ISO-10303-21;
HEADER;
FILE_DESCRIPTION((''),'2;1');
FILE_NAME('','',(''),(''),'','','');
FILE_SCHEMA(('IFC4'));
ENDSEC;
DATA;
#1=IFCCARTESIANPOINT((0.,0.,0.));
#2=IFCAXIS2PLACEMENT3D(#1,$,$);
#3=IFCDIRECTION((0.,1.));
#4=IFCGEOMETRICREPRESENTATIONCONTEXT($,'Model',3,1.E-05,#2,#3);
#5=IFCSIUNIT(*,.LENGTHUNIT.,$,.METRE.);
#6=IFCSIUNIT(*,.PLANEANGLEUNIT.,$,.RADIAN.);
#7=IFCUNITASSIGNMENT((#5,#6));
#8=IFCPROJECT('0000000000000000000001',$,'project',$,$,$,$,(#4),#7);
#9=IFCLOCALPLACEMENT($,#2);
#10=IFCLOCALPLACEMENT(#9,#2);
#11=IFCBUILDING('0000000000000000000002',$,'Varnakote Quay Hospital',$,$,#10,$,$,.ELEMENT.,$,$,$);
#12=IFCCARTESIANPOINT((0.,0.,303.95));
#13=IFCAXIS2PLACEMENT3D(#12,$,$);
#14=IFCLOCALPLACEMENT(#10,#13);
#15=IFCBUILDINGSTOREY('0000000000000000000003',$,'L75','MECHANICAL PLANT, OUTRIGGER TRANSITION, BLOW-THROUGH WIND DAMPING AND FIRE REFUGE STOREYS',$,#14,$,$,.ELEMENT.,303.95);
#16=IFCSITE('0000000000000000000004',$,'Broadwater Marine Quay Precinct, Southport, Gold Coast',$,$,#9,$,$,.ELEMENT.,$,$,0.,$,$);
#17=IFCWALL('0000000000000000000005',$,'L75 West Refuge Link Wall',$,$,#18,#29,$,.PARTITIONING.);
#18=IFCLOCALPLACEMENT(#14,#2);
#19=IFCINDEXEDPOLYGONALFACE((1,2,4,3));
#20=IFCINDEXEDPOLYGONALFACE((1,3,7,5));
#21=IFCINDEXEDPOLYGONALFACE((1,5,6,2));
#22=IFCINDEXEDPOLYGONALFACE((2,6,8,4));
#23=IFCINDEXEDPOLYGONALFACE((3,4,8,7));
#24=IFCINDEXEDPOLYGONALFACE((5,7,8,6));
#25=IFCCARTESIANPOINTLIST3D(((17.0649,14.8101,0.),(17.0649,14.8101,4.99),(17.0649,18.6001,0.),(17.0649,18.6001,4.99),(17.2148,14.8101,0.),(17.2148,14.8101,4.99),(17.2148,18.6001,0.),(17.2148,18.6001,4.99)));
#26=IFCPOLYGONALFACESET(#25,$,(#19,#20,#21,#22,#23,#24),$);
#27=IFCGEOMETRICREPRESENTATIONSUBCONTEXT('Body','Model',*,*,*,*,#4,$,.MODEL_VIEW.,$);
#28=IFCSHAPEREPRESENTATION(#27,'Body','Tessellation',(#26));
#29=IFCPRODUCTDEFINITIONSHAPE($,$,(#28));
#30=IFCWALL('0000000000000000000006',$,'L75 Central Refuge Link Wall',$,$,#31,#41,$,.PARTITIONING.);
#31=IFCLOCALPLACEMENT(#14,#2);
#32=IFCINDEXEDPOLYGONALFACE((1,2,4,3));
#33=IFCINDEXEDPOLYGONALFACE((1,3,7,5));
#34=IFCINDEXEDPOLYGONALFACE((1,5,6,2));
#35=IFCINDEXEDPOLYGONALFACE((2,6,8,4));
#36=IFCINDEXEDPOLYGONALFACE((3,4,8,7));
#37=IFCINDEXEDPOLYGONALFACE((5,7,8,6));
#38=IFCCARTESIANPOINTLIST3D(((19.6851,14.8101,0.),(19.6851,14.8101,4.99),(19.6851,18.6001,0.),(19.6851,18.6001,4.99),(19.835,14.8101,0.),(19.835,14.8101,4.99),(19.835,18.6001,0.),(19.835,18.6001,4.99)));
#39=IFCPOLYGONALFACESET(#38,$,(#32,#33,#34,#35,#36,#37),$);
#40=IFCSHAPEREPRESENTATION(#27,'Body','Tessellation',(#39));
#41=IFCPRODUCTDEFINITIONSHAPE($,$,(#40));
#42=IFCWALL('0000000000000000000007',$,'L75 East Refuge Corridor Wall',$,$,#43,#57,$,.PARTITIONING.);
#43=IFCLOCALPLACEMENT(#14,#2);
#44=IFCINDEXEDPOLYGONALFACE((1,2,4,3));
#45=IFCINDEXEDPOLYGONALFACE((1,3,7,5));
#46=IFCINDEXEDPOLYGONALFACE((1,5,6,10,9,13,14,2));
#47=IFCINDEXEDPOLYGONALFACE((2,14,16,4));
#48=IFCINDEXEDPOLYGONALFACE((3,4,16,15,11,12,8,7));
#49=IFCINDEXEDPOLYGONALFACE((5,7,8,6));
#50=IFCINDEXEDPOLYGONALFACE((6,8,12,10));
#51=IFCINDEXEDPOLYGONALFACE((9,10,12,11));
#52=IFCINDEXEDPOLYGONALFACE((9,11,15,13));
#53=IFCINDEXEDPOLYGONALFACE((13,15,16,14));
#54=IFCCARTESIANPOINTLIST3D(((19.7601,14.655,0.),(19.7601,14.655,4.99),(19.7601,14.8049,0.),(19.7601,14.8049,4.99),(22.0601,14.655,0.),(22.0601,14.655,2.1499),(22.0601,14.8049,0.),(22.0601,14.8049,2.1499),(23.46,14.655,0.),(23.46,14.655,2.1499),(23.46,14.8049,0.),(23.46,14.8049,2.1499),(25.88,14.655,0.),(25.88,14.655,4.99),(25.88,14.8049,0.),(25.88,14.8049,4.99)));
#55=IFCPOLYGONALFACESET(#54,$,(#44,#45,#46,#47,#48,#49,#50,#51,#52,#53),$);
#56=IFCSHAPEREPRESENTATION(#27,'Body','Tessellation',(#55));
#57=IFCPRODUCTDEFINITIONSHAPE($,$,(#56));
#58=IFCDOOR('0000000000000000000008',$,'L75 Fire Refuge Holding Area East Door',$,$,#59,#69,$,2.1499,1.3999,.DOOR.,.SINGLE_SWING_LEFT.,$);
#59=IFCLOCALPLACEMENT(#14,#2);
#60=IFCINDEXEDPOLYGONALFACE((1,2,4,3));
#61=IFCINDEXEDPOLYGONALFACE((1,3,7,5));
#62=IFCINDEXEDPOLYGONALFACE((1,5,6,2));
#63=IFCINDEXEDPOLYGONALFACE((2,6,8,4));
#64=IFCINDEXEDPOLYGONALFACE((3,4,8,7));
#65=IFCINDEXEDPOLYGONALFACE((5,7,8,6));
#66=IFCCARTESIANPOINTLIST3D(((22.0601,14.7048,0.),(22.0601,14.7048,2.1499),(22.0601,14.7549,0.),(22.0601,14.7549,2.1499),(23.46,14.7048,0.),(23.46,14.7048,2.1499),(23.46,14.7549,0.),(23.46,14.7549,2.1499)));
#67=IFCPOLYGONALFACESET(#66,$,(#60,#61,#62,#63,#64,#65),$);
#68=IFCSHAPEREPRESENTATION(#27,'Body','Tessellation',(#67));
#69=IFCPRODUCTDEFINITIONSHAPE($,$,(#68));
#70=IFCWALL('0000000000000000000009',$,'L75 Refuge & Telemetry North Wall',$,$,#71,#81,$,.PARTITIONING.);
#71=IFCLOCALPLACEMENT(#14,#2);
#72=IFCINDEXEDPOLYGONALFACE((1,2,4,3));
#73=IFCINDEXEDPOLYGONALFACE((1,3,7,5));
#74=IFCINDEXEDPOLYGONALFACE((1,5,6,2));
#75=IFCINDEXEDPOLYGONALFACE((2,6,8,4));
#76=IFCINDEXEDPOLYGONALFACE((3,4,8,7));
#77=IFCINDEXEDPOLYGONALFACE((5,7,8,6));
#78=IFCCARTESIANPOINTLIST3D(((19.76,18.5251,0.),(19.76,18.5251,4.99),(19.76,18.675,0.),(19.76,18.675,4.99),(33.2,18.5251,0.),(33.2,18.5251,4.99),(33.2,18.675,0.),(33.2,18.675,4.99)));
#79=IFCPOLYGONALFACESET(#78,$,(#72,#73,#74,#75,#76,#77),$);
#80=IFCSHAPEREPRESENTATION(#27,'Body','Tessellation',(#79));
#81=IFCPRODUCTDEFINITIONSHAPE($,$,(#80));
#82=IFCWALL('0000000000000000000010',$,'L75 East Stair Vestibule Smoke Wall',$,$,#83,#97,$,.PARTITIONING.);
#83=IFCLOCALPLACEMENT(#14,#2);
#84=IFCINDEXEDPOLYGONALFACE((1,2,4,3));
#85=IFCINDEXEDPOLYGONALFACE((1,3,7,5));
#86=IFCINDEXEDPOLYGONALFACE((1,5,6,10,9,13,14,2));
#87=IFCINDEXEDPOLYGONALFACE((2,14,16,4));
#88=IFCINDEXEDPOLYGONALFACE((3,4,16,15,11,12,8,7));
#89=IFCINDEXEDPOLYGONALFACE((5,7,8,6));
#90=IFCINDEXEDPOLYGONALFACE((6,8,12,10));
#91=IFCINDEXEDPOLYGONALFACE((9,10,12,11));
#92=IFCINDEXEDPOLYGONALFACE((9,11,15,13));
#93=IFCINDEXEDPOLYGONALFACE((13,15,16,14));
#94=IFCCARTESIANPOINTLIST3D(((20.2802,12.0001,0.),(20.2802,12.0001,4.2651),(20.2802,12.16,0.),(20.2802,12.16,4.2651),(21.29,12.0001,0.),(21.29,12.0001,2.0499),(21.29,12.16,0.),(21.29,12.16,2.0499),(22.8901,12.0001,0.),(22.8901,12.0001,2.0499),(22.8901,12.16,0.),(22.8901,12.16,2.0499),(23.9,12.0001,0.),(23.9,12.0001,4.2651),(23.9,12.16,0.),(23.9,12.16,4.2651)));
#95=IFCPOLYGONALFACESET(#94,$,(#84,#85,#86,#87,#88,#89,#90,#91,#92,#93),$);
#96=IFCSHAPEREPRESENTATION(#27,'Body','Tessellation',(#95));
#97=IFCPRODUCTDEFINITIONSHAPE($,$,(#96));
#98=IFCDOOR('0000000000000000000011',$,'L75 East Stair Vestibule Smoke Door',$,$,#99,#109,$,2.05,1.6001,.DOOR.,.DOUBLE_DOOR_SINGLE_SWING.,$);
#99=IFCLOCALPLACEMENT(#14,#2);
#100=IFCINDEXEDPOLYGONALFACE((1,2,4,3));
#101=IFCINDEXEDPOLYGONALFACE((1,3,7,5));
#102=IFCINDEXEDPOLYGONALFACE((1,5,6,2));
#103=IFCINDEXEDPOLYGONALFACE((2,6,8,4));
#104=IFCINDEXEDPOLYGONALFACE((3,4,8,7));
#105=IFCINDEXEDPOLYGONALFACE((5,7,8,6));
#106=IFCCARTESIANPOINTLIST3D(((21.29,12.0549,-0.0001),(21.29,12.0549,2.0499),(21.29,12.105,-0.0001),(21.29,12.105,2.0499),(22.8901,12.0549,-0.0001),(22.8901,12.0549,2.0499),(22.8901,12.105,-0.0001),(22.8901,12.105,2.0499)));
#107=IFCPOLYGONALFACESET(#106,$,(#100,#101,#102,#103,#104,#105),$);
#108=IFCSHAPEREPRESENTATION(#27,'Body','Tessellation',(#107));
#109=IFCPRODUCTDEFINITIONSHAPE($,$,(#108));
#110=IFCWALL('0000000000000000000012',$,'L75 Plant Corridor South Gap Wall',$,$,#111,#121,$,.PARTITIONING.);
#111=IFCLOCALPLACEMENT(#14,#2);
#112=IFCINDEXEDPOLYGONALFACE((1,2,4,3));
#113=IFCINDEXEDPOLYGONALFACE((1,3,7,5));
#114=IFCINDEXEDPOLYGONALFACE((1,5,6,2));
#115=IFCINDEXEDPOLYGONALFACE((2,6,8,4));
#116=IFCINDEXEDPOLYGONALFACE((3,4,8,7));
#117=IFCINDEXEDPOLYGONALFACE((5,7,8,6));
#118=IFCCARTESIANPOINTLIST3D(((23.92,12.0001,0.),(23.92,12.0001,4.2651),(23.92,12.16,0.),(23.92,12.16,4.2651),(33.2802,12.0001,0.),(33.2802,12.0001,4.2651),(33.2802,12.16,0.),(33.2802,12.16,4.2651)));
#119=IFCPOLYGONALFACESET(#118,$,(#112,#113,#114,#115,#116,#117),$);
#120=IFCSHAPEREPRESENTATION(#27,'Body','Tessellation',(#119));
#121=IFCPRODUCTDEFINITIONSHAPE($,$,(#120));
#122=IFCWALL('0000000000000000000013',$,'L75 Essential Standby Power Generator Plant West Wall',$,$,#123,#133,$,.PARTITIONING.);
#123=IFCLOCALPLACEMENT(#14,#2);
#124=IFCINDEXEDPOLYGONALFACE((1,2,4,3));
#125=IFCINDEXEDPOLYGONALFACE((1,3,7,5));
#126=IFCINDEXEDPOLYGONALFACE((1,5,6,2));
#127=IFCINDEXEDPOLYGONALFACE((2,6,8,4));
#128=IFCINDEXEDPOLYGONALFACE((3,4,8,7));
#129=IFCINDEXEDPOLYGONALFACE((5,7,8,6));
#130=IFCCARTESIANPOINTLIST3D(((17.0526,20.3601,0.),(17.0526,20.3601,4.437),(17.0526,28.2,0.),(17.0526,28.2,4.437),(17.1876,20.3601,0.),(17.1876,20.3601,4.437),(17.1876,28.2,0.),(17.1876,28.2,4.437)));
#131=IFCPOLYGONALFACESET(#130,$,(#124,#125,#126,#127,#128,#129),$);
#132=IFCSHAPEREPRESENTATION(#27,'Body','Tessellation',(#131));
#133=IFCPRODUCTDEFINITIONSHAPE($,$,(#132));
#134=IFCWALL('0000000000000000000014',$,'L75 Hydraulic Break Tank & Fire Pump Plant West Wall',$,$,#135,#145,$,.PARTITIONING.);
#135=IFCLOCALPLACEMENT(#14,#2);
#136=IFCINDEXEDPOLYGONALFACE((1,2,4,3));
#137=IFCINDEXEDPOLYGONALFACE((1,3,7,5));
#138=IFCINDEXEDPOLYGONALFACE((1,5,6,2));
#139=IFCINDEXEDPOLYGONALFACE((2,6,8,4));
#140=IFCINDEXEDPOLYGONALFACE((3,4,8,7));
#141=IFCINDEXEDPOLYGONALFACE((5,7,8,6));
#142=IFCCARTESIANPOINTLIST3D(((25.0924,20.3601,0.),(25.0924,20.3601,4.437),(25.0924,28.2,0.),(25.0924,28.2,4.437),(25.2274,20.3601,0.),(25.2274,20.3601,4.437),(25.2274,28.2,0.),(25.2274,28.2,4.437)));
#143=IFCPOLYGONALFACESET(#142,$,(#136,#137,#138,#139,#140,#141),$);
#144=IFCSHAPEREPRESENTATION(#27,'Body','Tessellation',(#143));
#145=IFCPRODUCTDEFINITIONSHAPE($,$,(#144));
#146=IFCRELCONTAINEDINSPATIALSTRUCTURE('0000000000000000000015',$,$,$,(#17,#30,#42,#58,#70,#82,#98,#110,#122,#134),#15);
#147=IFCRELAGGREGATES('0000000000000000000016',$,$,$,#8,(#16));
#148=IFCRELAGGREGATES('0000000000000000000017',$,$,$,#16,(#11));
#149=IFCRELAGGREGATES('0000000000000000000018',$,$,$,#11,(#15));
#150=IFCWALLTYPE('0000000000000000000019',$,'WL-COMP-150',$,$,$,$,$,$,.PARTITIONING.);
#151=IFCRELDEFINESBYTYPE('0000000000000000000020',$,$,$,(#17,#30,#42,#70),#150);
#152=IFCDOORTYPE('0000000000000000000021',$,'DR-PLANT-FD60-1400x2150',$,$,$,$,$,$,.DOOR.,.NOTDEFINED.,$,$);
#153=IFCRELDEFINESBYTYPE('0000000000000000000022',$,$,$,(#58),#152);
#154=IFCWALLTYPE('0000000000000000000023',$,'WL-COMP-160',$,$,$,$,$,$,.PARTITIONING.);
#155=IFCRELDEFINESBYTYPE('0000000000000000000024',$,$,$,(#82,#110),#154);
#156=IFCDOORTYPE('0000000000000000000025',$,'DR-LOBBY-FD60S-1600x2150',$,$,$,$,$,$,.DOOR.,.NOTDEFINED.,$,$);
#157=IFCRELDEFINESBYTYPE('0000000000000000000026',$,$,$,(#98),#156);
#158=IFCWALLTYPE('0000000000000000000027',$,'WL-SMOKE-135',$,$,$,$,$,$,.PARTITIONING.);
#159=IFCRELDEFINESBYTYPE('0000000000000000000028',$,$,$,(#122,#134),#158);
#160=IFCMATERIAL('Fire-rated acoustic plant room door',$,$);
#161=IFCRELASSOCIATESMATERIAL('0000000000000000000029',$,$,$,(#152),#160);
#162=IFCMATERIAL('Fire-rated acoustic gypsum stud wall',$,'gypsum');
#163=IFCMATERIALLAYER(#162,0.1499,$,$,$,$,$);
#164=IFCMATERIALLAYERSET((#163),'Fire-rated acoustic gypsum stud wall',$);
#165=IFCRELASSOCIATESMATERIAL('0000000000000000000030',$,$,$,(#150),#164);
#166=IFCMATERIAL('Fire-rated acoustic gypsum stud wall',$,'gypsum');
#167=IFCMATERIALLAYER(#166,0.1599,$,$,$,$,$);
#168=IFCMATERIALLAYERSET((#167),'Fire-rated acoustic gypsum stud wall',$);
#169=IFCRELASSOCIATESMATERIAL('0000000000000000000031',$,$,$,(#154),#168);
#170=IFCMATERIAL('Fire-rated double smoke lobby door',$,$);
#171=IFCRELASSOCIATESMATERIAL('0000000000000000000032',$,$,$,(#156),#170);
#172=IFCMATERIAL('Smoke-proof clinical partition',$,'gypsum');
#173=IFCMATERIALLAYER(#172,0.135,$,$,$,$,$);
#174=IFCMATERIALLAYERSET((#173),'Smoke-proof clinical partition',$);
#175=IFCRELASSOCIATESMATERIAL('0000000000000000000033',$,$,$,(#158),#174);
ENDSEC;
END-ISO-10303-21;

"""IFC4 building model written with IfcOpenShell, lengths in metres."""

from ifc_helpers import new_model, si_unit, direction, frame, frame_2d, origin, place, context, subcontext, project, spatial, rectangle, extrude, material, layer, layer_set, type_object, element, fill, save


model = new_model("IFC4")

# Units and contexts
model_context = context("Model", 3, precision=1e-05, world=origin(), true_north=direction((0.0, 1.0)))
body_context = subcontext(model_context, "Body", "Model", "MODEL_VIEW")
ifc_project = project(units=[si_unit("LENGTHUNIT", "METRE"), si_unit("PLANEANGLEUNIT", "RADIAN")], contexts=[model_context])

# Site, building, storey
site_placement = place(None, origin())
site = spatial("IfcSite", under=ifc_project, at=site_placement, Name="Broadwater Marine Quay Precinct, Southport, Gold Coast", CompositionType="ELEMENT", RefElevation=0.0)
building_placement = place(site_placement, origin())
building = spatial("IfcBuilding", under=site, at=building_placement, Name="Varnakote Quay Hospital", CompositionType="ELEMENT")
storey_placement = place(building_placement, frame((0.0, 0.0, 303.95)))
storey = spatial("IfcBuildingStorey", under=building, at=storey_placement, Name="L75", Description="MECHANICAL PLANT, OUTRIGGER TRANSITION, BLOW-THROUGH WIND DAMPING AND FIRE REFUGE STOREYS", CompositionType="ELEMENT", Elevation=303.95)

# Shared definitions
ifc_material_1 = material(Name="Fire-rated acoustic plant room door")
door_type_1 = type_object("IfcDoorType", Name="DR-PLANT-FD60-1400x2150", OperationType="NOTDEFINED", PredefinedType="DOOR", material=ifc_material_1)

# Walls
ifc_material_2 = material(Name="Fire-rated acoustic gypsum stud wall", Category="gypsum")
ifc_layer_1 = layer(ifc_material_2, 0.1499)
ifc_layer_set_1 = layer_set([ifc_layer_1], Name="Fire-rated acoustic gypsum stud wall")
wall_type_1 = type_object("IfcWallType", Name="WL-COMP-150", PredefinedType="PARTITIONING", material=ifc_layer_set_1)
for number, where, z_axis, x_axis, name in (
    (1, (17.1399, 14.8101, 0.0), (0.0, 0.0, 1.0), (0.0, 1.0, 0.0), "L75 West Refuge Link Wall"),
    (2, (19.76, 14.8101, 0.0), (0.0, 0.0, 1.0), (0.0, 1.0, 0.0), "L75 Central Refuge Link Wall"),
):
    element("IfcWall", number, at=place(storey_placement, frame(where, z_axis=z_axis, x_axis=x_axis)), inside=storey, type_object=wall_type_1, Name=name, PredefinedType="PARTITIONING", context=body_context, shape_type="SweptSolid", body=[
        extrude(rectangle(XDim=3.79, YDim=0.1499, at=frame_2d((1.895, 0.0))), origin(), (0.0, 0.0, 1.0), 4.99),
    ])

# Wall, opening, door
wall_1_placement = place(storey_placement, frame((19.76, 14.73, 0.0), z_axis=(0.0, 0.0, 1.0), x_axis=(1.0, 0.0, 0.0)))
wall_1 = element("IfcWall", 3, at=wall_1_placement, inside=storey, type_object=wall_type_1, Name="L75 East Refuge Corridor Wall", PredefinedType="PARTITIONING", context=body_context, shape_type="SweptSolid", body=[
    extrude(rectangle(XDim=6.1199, YDim=0.1499, at=frame_2d((3.0601, 0.0))), origin(), (0.0, 0.0, 1.0), 4.99),
])
opening_1_placement = place(wall_1_placement, frame((2.3, 0.0, 0.0)))
opening_1 = element("IfcOpeningElement", 4, at=opening_1_placement, cuts=wall_1, PredefinedType="OPENING", context=body_context, shape_type="SweptSolid", body=[
    extrude(rectangle(XDim=1.3999, YDim=2.1499, at=frame_2d((0.7, 1.075))), frame((0.0, 0.085, 0.0), z_axis=(0.0, -1.0, 0.0), x_axis=(1.0, 0.0, 0.0)), (0.0, 0.0, 1.0), 0.1699),
])
door_1_placement = place(opening_1_placement, origin())
door_1 = element("IfcDoor", 5, at=door_1_placement, inside=storey, type_object=door_type_1, Name="L75 Fire Refuge Holding Area East Door", OperationType="SINGLE_SWING_LEFT", OverallHeight=2.1499, OverallWidth=1.3999, PredefinedType="DOOR", context=body_context, shape_type="SweptSolid", body=[
    extrude(rectangle(XDim=1.3999, YDim=2.1499, at=frame_2d((0.7, 1.075))), frame((0.0, 0.0249, 0.0), z_axis=(0.0, -1.0, 0.0), x_axis=(1.0, 0.0, 0.0)), (0.0, 0.0, 1.0), 0.05),
])
fill(opening_1, door_1)

# Wall
wall_2_placement = place(storey_placement, frame((19.76, 18.6001, 0.0), z_axis=(0.0, 0.0, 1.0), x_axis=(1.0, 0.0, 0.0)))
element("IfcWall", 6, at=wall_2_placement, inside=storey, type_object=wall_type_1, Name="L75 Refuge & Telemetry North Wall", PredefinedType="PARTITIONING", context=body_context, shape_type="SweptSolid", body=[
    extrude(rectangle(XDim=13.4399, YDim=0.1499, at=frame_2d((6.72, 0.0))), origin(), (0.0, 0.0, 1.0), 4.99),
])

# Wall, opening, door
ifc_material_3 = material(Name="Fire-rated acoustic gypsum stud wall", Category="gypsum")
ifc_layer_2 = layer(ifc_material_3, 0.1599)
ifc_layer_set_2 = layer_set([ifc_layer_2], Name="Fire-rated acoustic gypsum stud wall")
wall_type_2 = type_object("IfcWallType", Name="WL-COMP-160", PredefinedType="PARTITIONING", material=ifc_layer_set_2)
wall_3_placement = place(storey_placement, frame((20.28, 12.0801, 0.0), z_axis=(0.0, 0.0, 1.0), x_axis=(1.0, 0.0, 0.0)))
wall_3 = element("IfcWall", 7, at=wall_3_placement, inside=storey, type_object=wall_type_2, Name="L75 East Stair Vestibule Smoke Wall", PredefinedType="PARTITIONING", context=body_context, shape_type="SweptSolid", body=[
    extrude(rectangle(XDim=3.6199, YDim=0.1599, at=frame_2d((1.8101, 0.0))), origin(), (0.0, 0.0, 1.0), 4.2651),
])
opening_2_placement = place(wall_3_placement, frame((1.01, 0.0, 0.0)))
opening_2 = element("IfcOpeningElement", 8, at=opening_2_placement, cuts=wall_3, PredefinedType="OPENING", context=body_context, shape_type="SweptSolid", body=[
    extrude(rectangle(XDim=1.6001, YDim=2.05, at=frame_2d((0.8, 1.0249))), frame((0.0, 0.0898, 0.0), z_axis=(0.0, -1.0, 0.0), x_axis=(1.0, 0.0, 0.0)), (0.0, 0.0, 1.0), 0.1799),
])
ifc_material_4 = material(Name="Fire-rated double smoke lobby door")
door_type_2 = type_object("IfcDoorType", Name="DR-LOBBY-FD60S-1600x2150", OperationType="NOTDEFINED", PredefinedType="DOOR", material=ifc_material_4)
door_2_placement = place(opening_2_placement, origin())
door_2 = element("IfcDoor", 9, at=door_2_placement, inside=storey, type_object=door_type_2, Name="L75 East Stair Vestibule Smoke Door", OperationType="DOUBLE_DOOR_SINGLE_SWING", OverallHeight=2.05, OverallWidth=1.6001, PredefinedType="DOOR", context=body_context, shape_type="SweptSolid", body=[
    extrude(rectangle(XDim=1.6001, YDim=2.05, at=frame_2d((0.8, 1.0249))), frame((0.0, 0.0249, 0.0), z_axis=(0.0, -1.0, 0.0), x_axis=(1.0, 0.0, 0.0)), (0.0, 0.0, 1.0), 0.05),
])
fill(opening_2, door_2)

# Walls
wall_4_placement = place(storey_placement, frame((23.9199, 12.0801, 0.0), z_axis=(0.0, 0.0, 1.0), x_axis=(1.0, 0.0, 0.0)))
element("IfcWall", 10, at=wall_4_placement, inside=storey, type_object=wall_type_2, Name="L75 Plant Corridor South Gap Wall", PredefinedType="PARTITIONING", context=body_context, shape_type="SweptSolid", body=[
    extrude(rectangle(XDim=9.3601, YDim=0.1599, at=frame_2d((4.6802, 0.0))), origin(), (0.0, 0.0, 1.0), 4.2651),
])
ifc_material_5 = material(Name="Smoke-proof clinical partition", Category="gypsum")
ifc_layer_3 = layer(ifc_material_5, 0.135)
ifc_layer_set_3 = layer_set([ifc_layer_3], Name="Smoke-proof clinical partition")
wall_type_3 = type_object("IfcWallType", Name="WL-SMOKE-135", PredefinedType="PARTITIONING", material=ifc_layer_set_3)
for number, where, z_axis, x_axis, name in (
    (11, (17.1201, 20.3601, 0.0), (0.0, 0.0, 1.0), (0.0, 1.0, 0.0), "L75 Essential Standby Power Generator Plant West Wall"),
    (12, (25.1599, 20.3601, 0.0), (0.0, 0.0, 1.0), (0.0, 1.0, 0.0), "L75 Hydraulic Break Tank & Fire Pump Plant West Wall"),
):
    element("IfcWall", number, at=place(storey_placement, frame(where, z_axis=z_axis, x_axis=x_axis)), inside=storey, type_object=wall_type_3, Name=name, PredefinedType="PARTITIONING", context=body_context, shape_type="SweptSolid", body=[
        extrude(rectangle(XDim=7.8398, YDim=0.135, at=frame_2d((3.9199, 0.0))), origin(), (0.0, 0.0, 1.0), 4.437),
    ])

save(model, "model.ifc")
